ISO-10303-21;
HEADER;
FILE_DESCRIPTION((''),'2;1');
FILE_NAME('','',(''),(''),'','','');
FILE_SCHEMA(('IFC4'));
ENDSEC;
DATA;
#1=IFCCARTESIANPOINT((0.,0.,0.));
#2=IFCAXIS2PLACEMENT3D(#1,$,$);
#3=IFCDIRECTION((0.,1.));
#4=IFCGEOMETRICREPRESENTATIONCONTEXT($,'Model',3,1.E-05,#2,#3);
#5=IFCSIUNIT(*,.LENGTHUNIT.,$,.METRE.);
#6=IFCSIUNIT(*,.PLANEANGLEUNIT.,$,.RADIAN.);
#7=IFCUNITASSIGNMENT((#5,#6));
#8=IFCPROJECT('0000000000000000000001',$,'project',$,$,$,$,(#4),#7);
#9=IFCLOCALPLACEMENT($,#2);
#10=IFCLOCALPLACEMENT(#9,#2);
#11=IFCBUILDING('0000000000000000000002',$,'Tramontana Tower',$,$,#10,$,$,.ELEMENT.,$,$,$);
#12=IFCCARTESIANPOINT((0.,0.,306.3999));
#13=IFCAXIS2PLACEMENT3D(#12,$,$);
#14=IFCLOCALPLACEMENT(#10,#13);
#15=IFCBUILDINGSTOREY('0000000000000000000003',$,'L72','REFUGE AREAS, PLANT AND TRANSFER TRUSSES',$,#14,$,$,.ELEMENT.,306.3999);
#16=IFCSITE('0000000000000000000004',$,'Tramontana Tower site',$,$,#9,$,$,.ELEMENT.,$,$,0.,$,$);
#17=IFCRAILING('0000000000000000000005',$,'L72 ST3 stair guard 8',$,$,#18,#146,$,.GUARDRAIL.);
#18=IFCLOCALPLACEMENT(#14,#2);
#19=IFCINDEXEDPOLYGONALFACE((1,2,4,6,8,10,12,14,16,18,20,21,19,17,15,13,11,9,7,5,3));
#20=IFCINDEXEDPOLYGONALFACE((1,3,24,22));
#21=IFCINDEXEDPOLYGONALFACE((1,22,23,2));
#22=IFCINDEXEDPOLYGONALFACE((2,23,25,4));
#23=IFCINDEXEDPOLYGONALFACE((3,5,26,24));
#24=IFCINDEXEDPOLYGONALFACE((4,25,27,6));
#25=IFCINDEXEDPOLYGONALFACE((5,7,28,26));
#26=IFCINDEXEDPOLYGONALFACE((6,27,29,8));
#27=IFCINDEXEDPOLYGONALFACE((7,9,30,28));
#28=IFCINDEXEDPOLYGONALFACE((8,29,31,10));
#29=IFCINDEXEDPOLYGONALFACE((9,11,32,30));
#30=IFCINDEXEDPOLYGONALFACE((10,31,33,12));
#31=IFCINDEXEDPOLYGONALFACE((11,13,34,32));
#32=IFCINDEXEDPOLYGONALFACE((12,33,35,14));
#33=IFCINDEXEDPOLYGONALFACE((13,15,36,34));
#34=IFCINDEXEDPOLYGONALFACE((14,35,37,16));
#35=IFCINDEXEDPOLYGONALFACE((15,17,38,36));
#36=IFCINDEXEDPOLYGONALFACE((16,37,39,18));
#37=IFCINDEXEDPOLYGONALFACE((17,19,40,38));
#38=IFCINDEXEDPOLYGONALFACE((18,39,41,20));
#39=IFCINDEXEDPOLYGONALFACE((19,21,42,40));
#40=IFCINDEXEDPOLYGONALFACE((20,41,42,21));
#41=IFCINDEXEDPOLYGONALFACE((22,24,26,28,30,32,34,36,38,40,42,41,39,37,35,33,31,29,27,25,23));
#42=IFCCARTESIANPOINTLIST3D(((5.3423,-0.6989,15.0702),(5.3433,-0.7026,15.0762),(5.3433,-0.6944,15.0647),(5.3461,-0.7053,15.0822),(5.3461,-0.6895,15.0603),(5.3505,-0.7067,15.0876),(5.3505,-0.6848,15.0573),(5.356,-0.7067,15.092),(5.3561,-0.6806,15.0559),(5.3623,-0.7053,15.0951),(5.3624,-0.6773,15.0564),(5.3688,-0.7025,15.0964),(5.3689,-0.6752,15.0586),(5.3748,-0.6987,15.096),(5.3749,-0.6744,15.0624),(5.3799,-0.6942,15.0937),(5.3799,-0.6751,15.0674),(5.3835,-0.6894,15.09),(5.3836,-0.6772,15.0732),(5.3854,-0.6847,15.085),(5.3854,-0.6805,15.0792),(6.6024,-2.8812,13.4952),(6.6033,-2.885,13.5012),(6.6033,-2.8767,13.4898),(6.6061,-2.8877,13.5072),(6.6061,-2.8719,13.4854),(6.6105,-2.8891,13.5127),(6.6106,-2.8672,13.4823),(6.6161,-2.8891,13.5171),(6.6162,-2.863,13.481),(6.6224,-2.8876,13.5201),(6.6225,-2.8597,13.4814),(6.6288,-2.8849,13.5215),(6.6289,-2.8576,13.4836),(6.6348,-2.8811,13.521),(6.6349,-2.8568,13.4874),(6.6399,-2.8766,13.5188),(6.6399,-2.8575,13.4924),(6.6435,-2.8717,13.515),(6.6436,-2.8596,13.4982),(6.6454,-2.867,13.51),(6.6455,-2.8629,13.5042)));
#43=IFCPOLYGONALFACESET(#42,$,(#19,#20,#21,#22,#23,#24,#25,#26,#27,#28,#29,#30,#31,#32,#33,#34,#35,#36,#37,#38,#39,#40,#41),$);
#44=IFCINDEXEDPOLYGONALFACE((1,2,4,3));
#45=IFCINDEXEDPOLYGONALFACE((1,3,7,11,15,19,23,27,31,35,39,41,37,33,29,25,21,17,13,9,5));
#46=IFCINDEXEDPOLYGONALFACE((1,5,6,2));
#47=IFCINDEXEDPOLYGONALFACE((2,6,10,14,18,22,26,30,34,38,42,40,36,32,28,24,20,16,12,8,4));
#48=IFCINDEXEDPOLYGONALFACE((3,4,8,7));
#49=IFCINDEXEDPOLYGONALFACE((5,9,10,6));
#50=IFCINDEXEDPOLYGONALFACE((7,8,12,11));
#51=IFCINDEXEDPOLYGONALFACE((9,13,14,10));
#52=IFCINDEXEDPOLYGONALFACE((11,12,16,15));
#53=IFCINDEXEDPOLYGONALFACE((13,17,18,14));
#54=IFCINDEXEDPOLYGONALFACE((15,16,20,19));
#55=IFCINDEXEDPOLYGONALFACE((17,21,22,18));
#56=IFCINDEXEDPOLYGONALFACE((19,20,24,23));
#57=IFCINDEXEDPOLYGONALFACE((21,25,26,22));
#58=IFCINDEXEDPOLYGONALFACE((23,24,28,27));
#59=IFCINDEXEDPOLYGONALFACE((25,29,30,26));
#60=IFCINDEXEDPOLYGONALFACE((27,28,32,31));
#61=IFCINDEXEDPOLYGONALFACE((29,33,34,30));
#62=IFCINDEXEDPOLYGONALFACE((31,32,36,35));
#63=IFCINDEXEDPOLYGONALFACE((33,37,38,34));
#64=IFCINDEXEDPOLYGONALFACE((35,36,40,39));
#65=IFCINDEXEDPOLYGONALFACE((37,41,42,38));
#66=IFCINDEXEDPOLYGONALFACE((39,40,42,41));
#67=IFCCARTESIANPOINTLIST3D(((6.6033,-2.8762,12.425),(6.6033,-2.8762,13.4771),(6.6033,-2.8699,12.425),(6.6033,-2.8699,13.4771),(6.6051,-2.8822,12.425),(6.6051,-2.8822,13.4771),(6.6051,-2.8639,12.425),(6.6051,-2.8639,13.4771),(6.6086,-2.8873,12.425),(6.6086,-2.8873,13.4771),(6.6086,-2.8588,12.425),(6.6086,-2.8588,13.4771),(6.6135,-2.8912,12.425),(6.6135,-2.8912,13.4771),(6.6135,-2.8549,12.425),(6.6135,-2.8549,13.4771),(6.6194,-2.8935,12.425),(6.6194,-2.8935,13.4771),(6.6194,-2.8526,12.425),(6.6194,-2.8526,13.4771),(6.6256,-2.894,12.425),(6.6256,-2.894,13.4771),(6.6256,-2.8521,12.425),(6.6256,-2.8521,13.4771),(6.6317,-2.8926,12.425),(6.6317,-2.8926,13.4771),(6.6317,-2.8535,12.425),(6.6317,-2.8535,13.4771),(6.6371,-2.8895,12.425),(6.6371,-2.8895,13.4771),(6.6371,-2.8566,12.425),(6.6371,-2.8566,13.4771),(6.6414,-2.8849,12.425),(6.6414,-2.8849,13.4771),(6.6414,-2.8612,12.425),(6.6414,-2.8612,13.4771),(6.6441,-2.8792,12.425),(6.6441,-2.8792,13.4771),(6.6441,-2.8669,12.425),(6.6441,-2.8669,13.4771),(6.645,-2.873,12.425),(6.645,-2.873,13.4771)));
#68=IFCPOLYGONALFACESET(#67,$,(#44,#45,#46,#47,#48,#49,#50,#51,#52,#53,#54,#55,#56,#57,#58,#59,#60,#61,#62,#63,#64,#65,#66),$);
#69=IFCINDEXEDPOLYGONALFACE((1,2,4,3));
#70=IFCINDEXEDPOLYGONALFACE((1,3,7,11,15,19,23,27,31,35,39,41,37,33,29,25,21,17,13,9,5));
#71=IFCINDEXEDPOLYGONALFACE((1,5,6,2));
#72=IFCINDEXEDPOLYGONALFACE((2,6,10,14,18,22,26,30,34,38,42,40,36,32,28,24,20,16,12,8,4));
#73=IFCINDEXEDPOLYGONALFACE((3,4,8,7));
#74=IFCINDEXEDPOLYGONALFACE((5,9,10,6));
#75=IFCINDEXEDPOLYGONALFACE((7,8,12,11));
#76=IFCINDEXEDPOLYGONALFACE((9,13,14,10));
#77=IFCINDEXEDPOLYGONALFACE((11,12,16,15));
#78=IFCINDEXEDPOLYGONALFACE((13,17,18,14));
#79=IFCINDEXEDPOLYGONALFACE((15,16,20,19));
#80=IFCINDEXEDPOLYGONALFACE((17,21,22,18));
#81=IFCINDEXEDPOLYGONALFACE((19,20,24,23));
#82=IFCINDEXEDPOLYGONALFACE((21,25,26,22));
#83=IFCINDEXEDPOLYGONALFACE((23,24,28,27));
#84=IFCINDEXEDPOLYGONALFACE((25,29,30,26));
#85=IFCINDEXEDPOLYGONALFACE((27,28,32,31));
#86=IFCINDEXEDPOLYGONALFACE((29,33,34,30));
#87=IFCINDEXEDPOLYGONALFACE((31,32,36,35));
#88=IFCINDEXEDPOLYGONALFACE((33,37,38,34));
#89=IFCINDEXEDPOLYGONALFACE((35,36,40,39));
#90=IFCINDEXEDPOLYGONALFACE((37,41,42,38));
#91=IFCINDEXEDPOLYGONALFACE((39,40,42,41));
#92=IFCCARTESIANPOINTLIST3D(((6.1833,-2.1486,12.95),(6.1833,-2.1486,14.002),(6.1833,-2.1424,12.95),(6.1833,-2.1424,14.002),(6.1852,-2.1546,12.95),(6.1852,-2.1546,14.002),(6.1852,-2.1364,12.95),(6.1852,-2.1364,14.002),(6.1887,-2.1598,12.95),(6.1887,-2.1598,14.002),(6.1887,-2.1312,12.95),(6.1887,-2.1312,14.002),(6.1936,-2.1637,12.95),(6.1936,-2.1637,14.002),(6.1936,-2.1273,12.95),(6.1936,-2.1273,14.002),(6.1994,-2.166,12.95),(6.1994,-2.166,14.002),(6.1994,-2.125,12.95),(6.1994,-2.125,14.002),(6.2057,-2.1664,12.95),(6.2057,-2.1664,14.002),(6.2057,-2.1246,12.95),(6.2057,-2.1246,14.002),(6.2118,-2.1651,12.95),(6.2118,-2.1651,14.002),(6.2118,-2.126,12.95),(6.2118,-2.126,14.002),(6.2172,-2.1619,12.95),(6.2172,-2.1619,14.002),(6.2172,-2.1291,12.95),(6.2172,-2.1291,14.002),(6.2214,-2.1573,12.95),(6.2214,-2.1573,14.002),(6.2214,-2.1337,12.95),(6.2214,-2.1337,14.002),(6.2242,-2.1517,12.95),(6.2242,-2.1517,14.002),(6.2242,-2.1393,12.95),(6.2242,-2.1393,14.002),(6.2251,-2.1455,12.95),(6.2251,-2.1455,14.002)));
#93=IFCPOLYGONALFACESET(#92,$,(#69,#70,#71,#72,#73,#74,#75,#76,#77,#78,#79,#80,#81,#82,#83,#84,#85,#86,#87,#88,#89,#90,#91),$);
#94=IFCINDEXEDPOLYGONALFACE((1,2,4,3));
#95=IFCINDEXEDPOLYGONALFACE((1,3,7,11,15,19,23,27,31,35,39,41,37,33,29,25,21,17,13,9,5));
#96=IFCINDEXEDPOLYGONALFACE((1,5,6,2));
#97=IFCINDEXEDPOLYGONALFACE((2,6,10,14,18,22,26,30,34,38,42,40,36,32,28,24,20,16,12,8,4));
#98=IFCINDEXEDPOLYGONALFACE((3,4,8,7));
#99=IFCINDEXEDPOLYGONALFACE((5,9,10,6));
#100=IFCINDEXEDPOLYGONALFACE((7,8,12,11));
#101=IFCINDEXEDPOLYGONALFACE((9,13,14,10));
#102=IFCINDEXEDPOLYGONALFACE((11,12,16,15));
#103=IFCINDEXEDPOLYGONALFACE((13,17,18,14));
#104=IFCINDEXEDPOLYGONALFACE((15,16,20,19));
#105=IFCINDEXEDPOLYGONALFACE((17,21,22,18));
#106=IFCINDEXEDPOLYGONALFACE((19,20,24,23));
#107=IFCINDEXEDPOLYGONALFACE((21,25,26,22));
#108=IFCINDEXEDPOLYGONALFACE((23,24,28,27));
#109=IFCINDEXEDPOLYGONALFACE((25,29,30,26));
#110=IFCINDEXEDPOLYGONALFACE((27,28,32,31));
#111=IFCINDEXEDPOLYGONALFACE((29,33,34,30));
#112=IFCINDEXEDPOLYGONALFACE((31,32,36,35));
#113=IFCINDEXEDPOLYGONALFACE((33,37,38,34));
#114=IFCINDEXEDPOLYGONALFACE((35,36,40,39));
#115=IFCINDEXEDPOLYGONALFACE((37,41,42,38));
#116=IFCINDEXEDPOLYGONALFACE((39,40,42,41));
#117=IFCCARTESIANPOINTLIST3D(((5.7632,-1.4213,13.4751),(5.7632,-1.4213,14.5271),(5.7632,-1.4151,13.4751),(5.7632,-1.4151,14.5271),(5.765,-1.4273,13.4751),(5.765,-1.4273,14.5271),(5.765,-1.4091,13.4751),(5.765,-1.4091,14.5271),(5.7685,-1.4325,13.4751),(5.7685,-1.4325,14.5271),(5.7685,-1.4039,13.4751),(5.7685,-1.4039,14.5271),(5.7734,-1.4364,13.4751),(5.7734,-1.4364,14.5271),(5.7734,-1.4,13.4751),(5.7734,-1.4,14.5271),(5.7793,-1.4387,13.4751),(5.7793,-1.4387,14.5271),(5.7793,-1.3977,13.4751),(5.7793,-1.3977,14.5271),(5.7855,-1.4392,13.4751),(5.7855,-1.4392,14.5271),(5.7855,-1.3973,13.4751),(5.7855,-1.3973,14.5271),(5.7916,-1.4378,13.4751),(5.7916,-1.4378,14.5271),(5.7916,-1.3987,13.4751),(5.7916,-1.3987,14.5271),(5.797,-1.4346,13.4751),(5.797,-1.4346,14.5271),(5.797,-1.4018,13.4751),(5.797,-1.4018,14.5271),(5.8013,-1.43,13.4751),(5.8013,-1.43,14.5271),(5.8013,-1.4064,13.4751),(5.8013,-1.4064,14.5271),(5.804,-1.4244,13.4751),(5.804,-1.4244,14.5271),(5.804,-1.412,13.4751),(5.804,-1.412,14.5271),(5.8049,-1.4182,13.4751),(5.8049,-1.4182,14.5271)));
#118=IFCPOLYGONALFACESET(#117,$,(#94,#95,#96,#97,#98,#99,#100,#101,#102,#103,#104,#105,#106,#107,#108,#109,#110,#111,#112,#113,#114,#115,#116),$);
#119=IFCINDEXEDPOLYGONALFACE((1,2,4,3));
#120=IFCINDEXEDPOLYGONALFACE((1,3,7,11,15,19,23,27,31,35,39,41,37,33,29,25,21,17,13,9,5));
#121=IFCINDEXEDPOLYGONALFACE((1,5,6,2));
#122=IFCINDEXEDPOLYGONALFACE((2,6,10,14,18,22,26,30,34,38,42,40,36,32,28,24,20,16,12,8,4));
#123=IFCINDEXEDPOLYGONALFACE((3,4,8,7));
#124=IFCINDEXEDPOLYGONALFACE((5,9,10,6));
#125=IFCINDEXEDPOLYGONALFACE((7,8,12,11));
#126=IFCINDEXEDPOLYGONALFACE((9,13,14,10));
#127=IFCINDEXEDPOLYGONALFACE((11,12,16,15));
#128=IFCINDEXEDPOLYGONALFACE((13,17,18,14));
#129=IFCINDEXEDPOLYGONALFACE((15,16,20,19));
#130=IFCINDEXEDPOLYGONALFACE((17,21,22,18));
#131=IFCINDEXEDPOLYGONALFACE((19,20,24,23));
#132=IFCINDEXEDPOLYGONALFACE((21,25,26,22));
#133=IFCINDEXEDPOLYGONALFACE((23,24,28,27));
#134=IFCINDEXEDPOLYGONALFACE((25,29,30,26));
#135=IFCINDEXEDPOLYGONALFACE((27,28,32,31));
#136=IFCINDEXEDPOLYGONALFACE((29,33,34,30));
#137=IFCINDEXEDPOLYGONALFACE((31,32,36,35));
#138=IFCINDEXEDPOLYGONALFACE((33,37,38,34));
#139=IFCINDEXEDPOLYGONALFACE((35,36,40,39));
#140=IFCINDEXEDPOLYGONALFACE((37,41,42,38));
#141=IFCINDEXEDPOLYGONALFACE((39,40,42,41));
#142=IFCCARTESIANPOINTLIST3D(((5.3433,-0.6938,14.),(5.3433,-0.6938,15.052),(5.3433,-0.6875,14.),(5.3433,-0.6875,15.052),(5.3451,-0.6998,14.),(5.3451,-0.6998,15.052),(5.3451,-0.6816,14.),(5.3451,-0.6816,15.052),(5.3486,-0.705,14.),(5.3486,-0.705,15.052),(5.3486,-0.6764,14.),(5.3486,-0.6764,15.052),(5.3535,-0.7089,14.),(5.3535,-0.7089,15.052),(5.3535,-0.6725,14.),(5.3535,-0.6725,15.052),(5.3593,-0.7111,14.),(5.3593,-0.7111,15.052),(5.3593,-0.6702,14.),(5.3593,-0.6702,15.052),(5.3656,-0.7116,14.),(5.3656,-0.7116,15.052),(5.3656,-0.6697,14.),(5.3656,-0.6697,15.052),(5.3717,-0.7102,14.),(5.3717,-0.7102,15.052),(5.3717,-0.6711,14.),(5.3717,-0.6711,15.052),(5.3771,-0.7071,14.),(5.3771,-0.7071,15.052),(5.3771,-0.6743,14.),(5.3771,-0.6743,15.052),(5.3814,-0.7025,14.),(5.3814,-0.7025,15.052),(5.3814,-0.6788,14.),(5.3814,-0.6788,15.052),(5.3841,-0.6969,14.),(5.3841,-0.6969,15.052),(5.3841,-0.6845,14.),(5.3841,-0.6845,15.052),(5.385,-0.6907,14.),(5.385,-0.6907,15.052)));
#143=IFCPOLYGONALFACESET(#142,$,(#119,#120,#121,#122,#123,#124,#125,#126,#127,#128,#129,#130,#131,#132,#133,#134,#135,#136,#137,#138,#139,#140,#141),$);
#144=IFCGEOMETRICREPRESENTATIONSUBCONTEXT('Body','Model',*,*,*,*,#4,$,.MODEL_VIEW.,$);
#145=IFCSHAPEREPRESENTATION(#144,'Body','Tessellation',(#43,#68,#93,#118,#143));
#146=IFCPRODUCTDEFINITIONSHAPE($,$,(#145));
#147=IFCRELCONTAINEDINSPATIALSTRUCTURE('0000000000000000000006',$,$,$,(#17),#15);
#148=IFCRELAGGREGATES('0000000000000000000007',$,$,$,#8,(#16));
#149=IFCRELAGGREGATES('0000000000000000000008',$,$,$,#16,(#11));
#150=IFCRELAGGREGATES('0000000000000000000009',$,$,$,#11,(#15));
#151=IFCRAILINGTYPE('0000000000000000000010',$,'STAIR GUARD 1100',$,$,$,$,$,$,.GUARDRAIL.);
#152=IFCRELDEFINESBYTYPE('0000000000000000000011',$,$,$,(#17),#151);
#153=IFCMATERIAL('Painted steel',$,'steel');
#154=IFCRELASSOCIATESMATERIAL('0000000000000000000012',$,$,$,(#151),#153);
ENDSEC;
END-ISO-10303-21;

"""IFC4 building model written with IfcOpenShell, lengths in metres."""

from ifc_helpers import new_model, si_unit, direction, frame, origin, origin_2d, place, context, subcontext, project, spatial, circle, extrude, material, type_object, element, save


model = new_model("IFC4")

# Units and contexts
model_context = context("Model", 3, precision=1e-05, world=origin(), true_north=direction((0.0, 1.0)))
body_context = subcontext(model_context, "Body", "Model", "MODEL_VIEW")
ifc_project = project(units=[si_unit("LENGTHUNIT", "METRE"), si_unit("PLANEANGLEUNIT", "RADIAN")], contexts=[model_context])

# Site, building, storey
site_placement = place(None, origin())
site = spatial("IfcSite", under=ifc_project, at=site_placement, Name="Tramontana Tower site", CompositionType="ELEMENT", RefElevation=0.0)
building_placement = place(site_placement, origin())
building = spatial("IfcBuilding", under=site, at=building_placement, Name="Tramontana Tower", CompositionType="ELEMENT")
storey_placement = place(building_placement, frame((0.0, 0.0, 306.3999)))
storey = spatial("IfcBuildingStorey", under=building, at=storey_placement, Name="L72", Description="REFUGE AREAS, PLANT AND TRANSFER TRUSSES", CompositionType="ELEMENT", Elevation=306.3999)

# Railing
ifc_material_1 = material(Name="Painted steel", Category="steel")
railing_type_1 = type_object("IfcRailingType", Name="STAIR GUARD 1100", PredefinedType="GUARDRAIL", material=ifc_material_1)
for number, where, name in (
    (1, (6.624, -2.873, 12.425), "L72 ST3 stair guard 8"),
):
    element("IfcRailing", number, at=place(storey_placement, frame(where)), inside=storey, type_object=railing_type_1, Name=name, PredefinedType="GUARDRAIL", context=body_context, shape_type="SweptSolid", body=[
        extrude(circle(Radius=0.0239, at=origin_2d()), frame((0.0, 0.0, 1.0762), z_axis=(-0.424007, 0.734392, 0.529988), x_axis=(-0.866023, -0.500005, 0.0)), (0.0, 0.0, 1.0), 2.9717),
        extrude(circle(Radius=0.021, at=origin_2d()), origin(), (0.0, 0.0, 1.0), 1.052),
        extrude(circle(Radius=0.021, at=origin_2d()), frame((-0.4199, 0.7275, 0.5249)), (0.0, 0.0, 1.0), 1.052),
        extrude(circle(Radius=0.021, at=origin_2d()), frame((-0.8401, 1.4548, 1.05)), (0.0, 0.0, 1.0), 1.052),
        extrude(circle(Radius=0.021, at=origin_2d()), frame((-1.26, 2.1824, 1.575)), (0.0, 0.0, 1.0), 1.052),
    ])

save(model, "model.ifc")
